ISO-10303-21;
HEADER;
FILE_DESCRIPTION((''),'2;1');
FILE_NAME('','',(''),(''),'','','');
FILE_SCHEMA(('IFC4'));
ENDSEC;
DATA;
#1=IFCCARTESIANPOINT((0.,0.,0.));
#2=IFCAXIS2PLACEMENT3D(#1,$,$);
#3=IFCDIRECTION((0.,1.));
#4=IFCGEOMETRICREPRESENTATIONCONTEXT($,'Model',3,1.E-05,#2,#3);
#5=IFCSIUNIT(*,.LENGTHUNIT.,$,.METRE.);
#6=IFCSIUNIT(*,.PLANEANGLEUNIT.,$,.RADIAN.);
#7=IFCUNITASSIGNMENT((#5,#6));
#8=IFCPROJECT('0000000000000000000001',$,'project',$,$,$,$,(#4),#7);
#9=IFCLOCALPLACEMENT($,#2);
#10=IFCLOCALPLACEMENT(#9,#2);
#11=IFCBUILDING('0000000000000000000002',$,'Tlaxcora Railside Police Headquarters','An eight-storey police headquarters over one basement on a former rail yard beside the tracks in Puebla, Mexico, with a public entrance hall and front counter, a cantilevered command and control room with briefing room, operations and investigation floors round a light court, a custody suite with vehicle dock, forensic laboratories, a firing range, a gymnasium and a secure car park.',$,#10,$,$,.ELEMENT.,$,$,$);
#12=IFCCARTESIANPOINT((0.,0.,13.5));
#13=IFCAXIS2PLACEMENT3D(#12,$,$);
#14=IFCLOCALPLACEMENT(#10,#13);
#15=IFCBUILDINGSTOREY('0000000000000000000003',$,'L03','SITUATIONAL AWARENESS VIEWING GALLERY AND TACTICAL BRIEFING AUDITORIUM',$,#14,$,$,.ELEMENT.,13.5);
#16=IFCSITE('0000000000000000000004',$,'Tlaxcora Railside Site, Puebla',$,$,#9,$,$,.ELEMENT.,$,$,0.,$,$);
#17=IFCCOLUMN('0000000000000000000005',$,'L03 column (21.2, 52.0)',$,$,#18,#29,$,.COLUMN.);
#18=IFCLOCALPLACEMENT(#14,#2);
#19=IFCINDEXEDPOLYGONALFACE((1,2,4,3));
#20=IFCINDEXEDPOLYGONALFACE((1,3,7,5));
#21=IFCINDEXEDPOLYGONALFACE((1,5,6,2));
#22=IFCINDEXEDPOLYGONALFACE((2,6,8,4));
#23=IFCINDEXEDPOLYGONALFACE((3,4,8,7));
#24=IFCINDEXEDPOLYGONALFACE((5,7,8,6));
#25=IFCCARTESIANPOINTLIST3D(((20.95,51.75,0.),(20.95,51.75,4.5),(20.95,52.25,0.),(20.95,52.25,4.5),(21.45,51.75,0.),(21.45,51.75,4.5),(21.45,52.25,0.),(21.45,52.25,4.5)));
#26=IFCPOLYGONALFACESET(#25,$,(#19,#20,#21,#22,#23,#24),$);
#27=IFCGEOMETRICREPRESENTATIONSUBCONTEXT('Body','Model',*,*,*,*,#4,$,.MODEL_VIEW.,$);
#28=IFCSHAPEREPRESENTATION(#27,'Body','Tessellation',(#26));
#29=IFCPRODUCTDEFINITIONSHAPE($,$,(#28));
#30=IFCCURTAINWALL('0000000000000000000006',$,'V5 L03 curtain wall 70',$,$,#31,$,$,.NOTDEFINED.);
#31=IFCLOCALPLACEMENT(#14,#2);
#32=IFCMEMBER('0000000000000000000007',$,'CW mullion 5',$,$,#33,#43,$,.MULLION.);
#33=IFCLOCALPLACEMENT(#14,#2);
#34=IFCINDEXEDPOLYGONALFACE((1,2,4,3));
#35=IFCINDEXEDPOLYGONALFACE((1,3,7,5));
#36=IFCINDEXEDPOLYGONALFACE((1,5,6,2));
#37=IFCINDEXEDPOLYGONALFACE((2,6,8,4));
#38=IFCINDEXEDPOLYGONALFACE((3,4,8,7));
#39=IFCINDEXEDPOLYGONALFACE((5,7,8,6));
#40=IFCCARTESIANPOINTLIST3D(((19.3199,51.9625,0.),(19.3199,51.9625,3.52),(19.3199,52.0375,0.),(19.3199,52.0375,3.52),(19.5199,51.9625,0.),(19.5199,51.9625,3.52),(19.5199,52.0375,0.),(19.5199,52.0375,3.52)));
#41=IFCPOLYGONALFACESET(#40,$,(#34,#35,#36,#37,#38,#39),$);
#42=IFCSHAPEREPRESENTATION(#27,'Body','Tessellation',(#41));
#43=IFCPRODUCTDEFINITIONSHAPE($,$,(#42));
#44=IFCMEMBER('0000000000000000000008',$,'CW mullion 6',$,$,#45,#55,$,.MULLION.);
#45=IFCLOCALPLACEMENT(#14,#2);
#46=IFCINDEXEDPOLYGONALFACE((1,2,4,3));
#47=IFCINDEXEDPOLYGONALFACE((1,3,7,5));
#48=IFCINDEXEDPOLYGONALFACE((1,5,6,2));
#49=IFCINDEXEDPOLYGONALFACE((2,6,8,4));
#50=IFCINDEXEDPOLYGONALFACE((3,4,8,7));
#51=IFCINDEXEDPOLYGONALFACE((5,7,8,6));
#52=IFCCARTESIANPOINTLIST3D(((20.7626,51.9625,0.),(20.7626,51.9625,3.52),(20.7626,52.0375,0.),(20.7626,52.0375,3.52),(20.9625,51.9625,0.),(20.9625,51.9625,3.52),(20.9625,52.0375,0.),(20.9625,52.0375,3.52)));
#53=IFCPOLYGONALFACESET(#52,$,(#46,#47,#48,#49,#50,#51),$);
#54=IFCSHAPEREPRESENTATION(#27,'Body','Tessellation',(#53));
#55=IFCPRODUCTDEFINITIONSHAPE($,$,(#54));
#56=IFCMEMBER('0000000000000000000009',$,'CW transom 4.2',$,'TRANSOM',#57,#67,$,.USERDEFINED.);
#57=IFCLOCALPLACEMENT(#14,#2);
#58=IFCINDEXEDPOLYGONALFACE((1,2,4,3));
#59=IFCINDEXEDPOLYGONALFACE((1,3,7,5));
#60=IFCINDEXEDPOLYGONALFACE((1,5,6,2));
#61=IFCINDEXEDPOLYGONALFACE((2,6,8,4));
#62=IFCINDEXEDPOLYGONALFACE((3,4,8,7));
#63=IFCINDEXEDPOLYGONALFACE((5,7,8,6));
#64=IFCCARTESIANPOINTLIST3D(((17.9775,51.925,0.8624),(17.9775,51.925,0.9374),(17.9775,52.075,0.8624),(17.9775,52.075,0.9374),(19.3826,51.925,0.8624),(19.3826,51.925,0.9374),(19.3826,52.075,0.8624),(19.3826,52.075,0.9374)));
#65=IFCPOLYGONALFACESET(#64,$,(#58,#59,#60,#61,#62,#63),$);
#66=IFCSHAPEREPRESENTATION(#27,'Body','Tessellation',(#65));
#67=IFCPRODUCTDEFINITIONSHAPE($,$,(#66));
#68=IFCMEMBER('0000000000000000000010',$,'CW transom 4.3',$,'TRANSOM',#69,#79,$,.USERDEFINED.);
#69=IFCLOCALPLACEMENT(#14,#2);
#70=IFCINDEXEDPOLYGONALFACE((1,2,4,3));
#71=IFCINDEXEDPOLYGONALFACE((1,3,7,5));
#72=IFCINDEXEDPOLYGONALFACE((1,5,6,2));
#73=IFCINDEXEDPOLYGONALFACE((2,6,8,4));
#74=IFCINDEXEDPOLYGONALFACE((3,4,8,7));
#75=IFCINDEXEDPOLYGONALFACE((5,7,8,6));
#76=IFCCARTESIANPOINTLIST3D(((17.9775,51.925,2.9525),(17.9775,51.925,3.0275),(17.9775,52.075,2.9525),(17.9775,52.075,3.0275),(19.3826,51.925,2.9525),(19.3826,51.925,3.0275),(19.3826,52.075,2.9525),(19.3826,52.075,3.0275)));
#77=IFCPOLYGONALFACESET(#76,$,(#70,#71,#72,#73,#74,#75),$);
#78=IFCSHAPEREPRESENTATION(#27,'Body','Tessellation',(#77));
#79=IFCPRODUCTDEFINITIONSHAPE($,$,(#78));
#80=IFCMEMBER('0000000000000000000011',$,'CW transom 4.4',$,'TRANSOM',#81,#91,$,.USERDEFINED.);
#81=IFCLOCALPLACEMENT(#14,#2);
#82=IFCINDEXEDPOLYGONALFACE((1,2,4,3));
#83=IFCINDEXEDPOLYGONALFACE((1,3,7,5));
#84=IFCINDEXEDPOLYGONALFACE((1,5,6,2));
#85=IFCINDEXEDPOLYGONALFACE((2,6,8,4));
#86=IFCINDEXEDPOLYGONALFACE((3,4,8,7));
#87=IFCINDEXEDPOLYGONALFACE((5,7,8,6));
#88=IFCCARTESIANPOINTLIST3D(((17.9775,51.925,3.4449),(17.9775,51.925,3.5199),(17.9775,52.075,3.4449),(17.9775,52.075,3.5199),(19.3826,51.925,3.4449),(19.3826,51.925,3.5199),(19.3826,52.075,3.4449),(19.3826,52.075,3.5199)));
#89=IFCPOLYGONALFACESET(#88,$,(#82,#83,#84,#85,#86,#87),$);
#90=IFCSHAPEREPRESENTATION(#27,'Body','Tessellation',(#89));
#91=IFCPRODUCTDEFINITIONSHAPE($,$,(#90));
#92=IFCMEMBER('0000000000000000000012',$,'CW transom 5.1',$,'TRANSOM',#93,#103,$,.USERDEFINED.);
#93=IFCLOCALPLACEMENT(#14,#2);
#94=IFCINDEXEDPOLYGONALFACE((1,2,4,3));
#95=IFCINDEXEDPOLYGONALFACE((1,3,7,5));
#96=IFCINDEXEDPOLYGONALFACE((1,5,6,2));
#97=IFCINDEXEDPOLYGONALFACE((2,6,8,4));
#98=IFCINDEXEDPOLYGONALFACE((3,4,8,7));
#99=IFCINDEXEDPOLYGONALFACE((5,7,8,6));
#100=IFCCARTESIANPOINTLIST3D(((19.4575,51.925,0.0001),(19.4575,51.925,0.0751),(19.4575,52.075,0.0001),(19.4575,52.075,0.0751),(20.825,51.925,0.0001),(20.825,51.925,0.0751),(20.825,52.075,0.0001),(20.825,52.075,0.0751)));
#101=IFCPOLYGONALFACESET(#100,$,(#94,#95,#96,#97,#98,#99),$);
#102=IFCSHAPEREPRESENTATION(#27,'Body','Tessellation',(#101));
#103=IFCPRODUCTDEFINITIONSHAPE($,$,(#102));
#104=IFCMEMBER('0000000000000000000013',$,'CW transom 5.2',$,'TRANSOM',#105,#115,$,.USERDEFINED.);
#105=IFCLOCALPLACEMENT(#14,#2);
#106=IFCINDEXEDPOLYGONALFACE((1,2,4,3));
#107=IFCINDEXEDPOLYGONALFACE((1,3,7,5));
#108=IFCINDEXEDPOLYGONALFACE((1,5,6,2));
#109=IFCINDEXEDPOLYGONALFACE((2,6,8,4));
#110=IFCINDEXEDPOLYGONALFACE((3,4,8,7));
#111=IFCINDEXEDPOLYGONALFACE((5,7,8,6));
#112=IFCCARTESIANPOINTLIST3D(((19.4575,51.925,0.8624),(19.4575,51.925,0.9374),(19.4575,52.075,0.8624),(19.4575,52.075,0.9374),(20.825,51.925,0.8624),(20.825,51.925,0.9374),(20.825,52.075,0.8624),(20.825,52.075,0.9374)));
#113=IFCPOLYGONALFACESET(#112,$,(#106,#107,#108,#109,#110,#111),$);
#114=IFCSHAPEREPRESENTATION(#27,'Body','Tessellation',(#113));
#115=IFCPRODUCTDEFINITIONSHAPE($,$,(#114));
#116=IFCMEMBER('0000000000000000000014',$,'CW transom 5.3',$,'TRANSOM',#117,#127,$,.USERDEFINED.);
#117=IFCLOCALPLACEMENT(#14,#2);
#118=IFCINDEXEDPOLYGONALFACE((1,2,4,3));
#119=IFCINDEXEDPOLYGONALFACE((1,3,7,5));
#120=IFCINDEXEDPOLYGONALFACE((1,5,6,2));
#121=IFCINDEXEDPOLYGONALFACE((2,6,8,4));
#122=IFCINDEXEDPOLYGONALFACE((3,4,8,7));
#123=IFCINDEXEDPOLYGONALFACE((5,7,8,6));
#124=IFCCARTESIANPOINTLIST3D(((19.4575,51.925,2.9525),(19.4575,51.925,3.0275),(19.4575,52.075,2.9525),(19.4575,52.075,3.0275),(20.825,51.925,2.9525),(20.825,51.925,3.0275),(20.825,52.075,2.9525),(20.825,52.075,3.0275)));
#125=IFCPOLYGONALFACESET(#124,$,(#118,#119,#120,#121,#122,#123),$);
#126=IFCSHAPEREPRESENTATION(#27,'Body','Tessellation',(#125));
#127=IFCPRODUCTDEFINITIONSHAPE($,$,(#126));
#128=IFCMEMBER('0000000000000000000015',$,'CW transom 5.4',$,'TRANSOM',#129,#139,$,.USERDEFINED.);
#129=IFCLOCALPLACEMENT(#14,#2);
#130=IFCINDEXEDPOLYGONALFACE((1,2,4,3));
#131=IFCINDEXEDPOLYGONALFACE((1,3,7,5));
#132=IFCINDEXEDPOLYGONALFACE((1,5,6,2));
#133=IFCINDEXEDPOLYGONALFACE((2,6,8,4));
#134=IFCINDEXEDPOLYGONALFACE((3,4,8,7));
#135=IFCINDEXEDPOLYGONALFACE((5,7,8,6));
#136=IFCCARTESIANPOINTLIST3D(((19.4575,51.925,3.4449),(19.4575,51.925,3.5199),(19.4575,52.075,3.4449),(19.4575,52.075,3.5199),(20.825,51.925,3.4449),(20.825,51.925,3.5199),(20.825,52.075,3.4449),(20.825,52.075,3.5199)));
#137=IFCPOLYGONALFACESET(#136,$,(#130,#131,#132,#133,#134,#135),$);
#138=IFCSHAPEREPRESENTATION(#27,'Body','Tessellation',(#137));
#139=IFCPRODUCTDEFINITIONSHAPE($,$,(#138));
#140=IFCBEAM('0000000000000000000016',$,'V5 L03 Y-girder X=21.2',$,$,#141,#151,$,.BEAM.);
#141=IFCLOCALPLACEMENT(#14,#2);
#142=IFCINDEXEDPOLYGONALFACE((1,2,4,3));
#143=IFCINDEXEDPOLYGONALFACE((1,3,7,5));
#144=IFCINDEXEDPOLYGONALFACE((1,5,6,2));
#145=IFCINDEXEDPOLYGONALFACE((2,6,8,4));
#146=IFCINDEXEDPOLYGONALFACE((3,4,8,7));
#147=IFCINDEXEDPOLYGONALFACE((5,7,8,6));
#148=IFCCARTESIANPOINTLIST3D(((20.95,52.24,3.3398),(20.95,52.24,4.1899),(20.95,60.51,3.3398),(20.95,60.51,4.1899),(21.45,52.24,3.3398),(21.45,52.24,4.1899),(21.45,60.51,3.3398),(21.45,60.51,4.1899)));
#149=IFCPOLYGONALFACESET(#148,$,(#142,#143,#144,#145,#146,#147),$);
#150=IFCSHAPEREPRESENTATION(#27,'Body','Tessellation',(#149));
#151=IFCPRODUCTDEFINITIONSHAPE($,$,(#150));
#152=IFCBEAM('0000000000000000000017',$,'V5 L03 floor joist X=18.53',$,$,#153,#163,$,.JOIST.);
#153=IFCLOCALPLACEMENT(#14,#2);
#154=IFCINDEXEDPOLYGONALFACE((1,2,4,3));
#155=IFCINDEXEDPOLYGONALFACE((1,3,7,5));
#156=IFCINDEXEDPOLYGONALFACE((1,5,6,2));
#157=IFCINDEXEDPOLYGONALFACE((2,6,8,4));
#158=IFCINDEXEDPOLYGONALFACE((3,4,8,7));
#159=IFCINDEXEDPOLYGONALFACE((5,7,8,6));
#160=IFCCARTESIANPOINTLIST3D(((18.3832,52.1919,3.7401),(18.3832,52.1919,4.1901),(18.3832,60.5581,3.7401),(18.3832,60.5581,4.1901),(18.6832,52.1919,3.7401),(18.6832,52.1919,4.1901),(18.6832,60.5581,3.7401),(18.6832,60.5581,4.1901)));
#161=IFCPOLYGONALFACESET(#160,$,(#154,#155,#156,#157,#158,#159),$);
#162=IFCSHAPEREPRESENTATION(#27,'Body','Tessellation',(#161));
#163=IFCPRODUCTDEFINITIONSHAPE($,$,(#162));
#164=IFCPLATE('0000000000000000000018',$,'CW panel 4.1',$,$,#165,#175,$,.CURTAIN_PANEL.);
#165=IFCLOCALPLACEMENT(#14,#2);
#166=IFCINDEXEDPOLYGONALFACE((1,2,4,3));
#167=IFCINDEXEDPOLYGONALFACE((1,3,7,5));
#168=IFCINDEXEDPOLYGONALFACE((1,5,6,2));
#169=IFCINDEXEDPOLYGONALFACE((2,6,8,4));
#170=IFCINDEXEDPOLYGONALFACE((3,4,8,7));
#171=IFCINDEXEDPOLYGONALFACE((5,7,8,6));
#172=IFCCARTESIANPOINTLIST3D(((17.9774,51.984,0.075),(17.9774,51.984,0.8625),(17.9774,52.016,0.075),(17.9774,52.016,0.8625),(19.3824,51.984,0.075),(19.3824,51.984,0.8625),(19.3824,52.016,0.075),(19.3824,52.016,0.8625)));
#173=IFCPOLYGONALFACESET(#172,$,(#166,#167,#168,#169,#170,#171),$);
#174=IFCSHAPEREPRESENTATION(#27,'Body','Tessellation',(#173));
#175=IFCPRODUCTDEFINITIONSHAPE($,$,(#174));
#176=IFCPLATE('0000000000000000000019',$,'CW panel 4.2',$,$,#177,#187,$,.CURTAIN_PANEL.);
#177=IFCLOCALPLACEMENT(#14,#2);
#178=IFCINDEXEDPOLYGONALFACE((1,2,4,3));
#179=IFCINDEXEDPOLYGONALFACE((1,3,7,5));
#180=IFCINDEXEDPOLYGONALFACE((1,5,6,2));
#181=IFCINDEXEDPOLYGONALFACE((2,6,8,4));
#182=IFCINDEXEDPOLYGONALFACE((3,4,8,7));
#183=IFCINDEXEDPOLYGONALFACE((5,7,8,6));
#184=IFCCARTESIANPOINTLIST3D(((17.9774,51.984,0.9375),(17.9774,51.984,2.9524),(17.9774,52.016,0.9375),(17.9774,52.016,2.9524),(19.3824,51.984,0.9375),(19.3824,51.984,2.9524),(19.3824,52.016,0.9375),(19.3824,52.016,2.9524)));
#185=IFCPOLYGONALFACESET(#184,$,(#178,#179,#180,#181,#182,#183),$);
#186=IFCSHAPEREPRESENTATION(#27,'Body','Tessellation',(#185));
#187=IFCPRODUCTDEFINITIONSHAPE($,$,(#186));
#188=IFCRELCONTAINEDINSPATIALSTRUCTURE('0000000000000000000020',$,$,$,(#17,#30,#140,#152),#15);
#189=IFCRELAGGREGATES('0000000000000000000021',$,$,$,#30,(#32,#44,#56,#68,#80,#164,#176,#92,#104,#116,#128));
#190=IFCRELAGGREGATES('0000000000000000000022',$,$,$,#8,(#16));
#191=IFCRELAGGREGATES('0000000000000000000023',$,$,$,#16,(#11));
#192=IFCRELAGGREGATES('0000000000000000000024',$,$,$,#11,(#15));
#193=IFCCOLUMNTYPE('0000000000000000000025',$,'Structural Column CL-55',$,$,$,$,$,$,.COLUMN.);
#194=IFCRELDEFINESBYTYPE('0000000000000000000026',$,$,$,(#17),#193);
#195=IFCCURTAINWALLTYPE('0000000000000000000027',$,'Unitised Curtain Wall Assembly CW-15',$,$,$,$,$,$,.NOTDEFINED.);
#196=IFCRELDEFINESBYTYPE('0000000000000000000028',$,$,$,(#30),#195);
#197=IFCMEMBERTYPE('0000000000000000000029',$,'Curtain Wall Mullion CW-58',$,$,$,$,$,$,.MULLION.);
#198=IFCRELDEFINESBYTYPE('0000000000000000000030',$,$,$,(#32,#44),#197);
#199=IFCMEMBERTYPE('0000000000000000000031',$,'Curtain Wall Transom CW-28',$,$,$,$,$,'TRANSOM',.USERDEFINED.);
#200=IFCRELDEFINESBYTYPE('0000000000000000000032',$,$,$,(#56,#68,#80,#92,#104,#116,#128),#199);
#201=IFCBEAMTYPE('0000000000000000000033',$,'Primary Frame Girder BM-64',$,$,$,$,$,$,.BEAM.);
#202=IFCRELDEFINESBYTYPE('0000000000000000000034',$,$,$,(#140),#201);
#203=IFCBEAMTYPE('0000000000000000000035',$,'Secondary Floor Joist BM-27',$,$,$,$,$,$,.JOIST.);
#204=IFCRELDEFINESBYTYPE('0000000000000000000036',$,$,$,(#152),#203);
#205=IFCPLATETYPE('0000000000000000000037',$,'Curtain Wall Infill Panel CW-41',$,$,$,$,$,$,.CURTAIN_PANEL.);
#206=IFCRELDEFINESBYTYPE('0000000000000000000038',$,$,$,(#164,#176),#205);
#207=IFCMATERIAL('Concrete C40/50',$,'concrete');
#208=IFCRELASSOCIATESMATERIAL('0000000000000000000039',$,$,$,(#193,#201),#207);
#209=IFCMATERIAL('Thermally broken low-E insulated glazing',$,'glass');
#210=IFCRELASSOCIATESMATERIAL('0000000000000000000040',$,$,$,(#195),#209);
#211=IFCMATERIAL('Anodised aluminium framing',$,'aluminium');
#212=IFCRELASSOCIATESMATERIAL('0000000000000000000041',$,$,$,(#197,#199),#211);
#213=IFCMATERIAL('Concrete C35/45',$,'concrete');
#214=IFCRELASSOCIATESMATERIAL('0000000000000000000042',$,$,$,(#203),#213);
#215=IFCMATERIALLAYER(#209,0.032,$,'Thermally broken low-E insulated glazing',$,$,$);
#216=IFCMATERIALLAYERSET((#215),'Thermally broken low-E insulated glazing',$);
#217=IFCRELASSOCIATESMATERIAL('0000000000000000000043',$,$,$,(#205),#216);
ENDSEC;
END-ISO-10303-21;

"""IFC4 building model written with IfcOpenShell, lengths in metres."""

from ifc_helpers import new_model, si_unit, direction, frame, origin, origin_2d, place, context, subcontext, project, spatial, rectangle, extrude, material, layer, layer_set, material_profile, profile_set, type_object, element, aggregate, save


model = new_model("IFC4")

# Units and contexts
model_context = context("Model", 3, precision=1e-05, world=origin(), true_north=direction((0.0, 1.0)))
body_context = subcontext(model_context, "Body", "Model", "MODEL_VIEW")
ifc_project = project(units=[si_unit("LENGTHUNIT", "METRE"), si_unit("PLANEANGLEUNIT", "RADIAN")], contexts=[model_context])

# Site, building, storey
site_placement = place(None, origin())
site = spatial("IfcSite", under=ifc_project, at=site_placement, Name="Tlaxcora Railside Site, Puebla", CompositionType="ELEMENT", RefElevation=0.0)
building_placement = place(site_placement, origin())
building = spatial("IfcBuilding", under=site, at=building_placement, Name="Tlaxcora Railside Police Headquarters", Description="An eight-storey police headquarters over one basement on a former rail yard beside the tracks in Puebla, Mexico, with a public entrance hall and front counter, a cantilevered command and control room with briefing room, operations and investigation floors round a light court, a custody suite with vehicle dock, forensic laboratories, a firing range, a gymnasium and a secure car park.", CompositionType="ELEMENT")
storey_placement = place(building_placement, frame((0.0, 0.0, 13.5)))
storey = spatial("IfcBuildingStorey", under=building, at=storey_placement, Name="L03", Description="SITUATIONAL AWARENESS VIEWING GALLERY AND TACTICAL BRIEFING AUDITORIUM", CompositionType="ELEMENT", Elevation=13.5)

# Column
ifc_material_1 = material(Name="Concrete C40/50", Category="concrete")
ifc_material_profile_1 = material_profile(ifc_material_1, rectangle(XDim=0.5, YDim=0.5, at=origin_2d()), Name="RC500X500")
ifc_profile_set_1 = profile_set([ifc_material_profile_1], Name="Concrete C40/50")
column_type = type_object("IfcColumnType", Name="Structural Column CL-55", PredefinedType="COLUMN", material=ifc_profile_set_1)
column_placement = place(storey_placement, frame((21.2, 52.0, 0.0), z_axis=(0.0, 0.0, 1.0), x_axis=(1.0, 0.0, 0.0)))
element("IfcColumn", 1, at=column_placement, inside=storey, type_object=column_type, Name="L03 column (21.2, 52.0)", PredefinedType="COLUMN", context=body_context, shape_type="SweptSolid", body=[
    extrude(rectangle(XDim=0.5, YDim=0.5, at=origin_2d()), origin(), (0.0, 0.0, 1.0), 4.5),
])

# Curtain wall, members
ifc_material_2 = material(Name="Thermally broken low-E insulated glazing", Category="glass")
curtain_wall_type = type_object("IfcCurtainWallType", Name="Unitised Curtain Wall Assembly CW-15", PredefinedType="NOTDEFINED", material=ifc_material_2)
curtain_wall_placement = place(storey_placement, origin())
curtain_wall = element("IfcCurtainWall", 2, at=curtain_wall_placement, inside=storey, type_object=curtain_wall_type, Name="V5 L03 curtain wall 70", PredefinedType="NOTDEFINED")
ifc_material_3 = material(Name="Anodised aluminium framing", Category="aluminium")
ifc_material_profile_2 = material_profile(ifc_material_3, rectangle(XDim=0.075, YDim=0.2, at=origin_2d()), Name="AL75X200")
ifc_profile_set_2 = profile_set([ifc_material_profile_2], Name="Anodised aluminium framing")
member_type_1 = type_object("IfcMemberType", Name="Curtain Wall Mullion CW-58", PredefinedType="MULLION", material=ifc_profile_set_2)
member_1_placement = place(storey_placement, frame((19.4199, 52.0, 0.0), z_axis=(0.0, 0.0, 1.0), x_axis=(0.0, 1.0, 0.0)))
member_1 = element("IfcMember", 3, at=member_1_placement, type_object=member_type_1, Name="CW mullion 5", PredefinedType="MULLION", context=body_context, shape_type="SweptSolid", body=[
    extrude(rectangle(XDim=0.075, YDim=0.2, at=origin_2d()), origin(), (0.0, 0.0, 1.0), 3.52),
])
member_2_placement = place(storey_placement, frame((20.8625, 52.0, 0.0), z_axis=(0.0, 0.0, 1.0), x_axis=(0.0, 1.0, 0.0)))
member_2 = element("IfcMember", 4, at=member_2_placement, type_object=member_type_1, Name="CW mullion 6", PredefinedType="MULLION", context=body_context, shape_type="SweptSolid", body=[
    extrude(rectangle(XDim=0.075, YDim=0.2, at=origin_2d()), origin(), (0.0, 0.0, 1.0), 3.52),
])
ifc_material_profile_3 = material_profile(ifc_material_3, rectangle(XDim=0.1499, YDim=0.075, at=origin_2d()), Name="AL75X150")
ifc_profile_set_3 = profile_set([ifc_material_profile_3], Name="Anodised aluminium framing")
member_type_2 = type_object("IfcMemberType", Name="Curtain Wall Transom CW-28", ElementType="TRANSOM", PredefinedType="USERDEFINED", material=ifc_profile_set_3)
member_3_placement = place(storey_placement, frame((17.9775, 52.0, 0.8999), z_axis=(1.0, 0.0, 0.0), x_axis=(0.0, 1.0, 0.0)))
member_3 = element("IfcMember", 5, at=member_3_placement, type_object=member_type_2, Name="CW transom 4.2", ObjectType="TRANSOM", PredefinedType="USERDEFINED", context=body_context, shape_type="SweptSolid", body=[
    extrude(rectangle(XDim=0.1499, YDim=0.075, at=origin_2d()), origin(), (0.0, 0.0, 1.0), 1.405),
])
member_4_placement = place(storey_placement, frame((17.9775, 52.0, 2.99), z_axis=(1.0, 0.0, 0.0), x_axis=(0.0, 1.0, 0.0)))
member_4 = element("IfcMember", 6, at=member_4_placement, type_object=member_type_2, Name="CW transom 4.3", ObjectType="TRANSOM", PredefinedType="USERDEFINED", context=body_context, shape_type="SweptSolid", body=[
    extrude(rectangle(XDim=0.1499, YDim=0.075, at=origin_2d()), origin(), (0.0, 0.0, 1.0), 1.405),
])
member_5_placement = place(storey_placement, frame((17.9775, 52.0, 3.4824), z_axis=(1.0, 0.0, 0.0), x_axis=(0.0, 1.0, 0.0)))
member_5 = element("IfcMember", 7, at=member_5_placement, type_object=member_type_2, Name="CW transom 4.4", ObjectType="TRANSOM", PredefinedType="USERDEFINED", context=body_context, shape_type="SweptSolid", body=[
    extrude(rectangle(XDim=0.1499, YDim=0.075, at=origin_2d()), origin(), (0.0, 0.0, 1.0), 1.405),
])
member_6_placement = place(storey_placement, frame((19.4575, 52.0, 0.0376), z_axis=(1.0, 0.0, 0.0), x_axis=(0.0, 1.0, 0.0)))
member_6 = element("IfcMember", 8, at=member_6_placement, type_object=member_type_2, Name="CW transom 5.1", ObjectType="TRANSOM", PredefinedType="USERDEFINED", context=body_context, shape_type="SweptSolid", body=[
    extrude(rectangle(XDim=0.1499, YDim=0.075, at=origin_2d()), origin(), (0.0, 0.0, 1.0), 1.3674),
])
member_7_placement = place(storey_placement, frame((19.4575, 52.0, 0.8999), z_axis=(1.0, 0.0, 0.0), x_axis=(0.0, 1.0, 0.0)))
member_7 = element("IfcMember", 9, at=member_7_placement, type_object=member_type_2, Name="CW transom 5.2", ObjectType="TRANSOM", PredefinedType="USERDEFINED", context=body_context, shape_type="SweptSolid", body=[
    extrude(rectangle(XDim=0.1499, YDim=0.075, at=origin_2d()), origin(), (0.0, 0.0, 1.0), 1.3674),
])
member_8_placement = place(storey_placement, frame((19.4575, 52.0, 2.99), z_axis=(1.0, 0.0, 0.0), x_axis=(0.0, 1.0, 0.0)))
member_8 = element("IfcMember", 10, at=member_8_placement, type_object=member_type_2, Name="CW transom 5.3", ObjectType="TRANSOM", PredefinedType="USERDEFINED", context=body_context, shape_type="SweptSolid", body=[
    extrude(rectangle(XDim=0.1499, YDim=0.075, at=origin_2d()), origin(), (0.0, 0.0, 1.0), 1.3674),
])
member_9_placement = place(storey_placement, frame((19.4575, 52.0, 3.4824), z_axis=(1.0, 0.0, 0.0), x_axis=(0.0, 1.0, 0.0)))
member_9 = element("IfcMember", 11, at=member_9_placement, type_object=member_type_2, Name="CW transom 5.4", ObjectType="TRANSOM", PredefinedType="USERDEFINED", context=body_context, shape_type="SweptSolid", body=[
    extrude(rectangle(XDim=0.1499, YDim=0.075, at=origin_2d()), origin(), (0.0, 0.0, 1.0), 1.3674),
])

# Beams
ifc_material_profile_4 = material_profile(ifc_material_1, rectangle(XDim=0.5, YDim=0.8501, at=origin_2d()), Name="RC500X850")
ifc_profile_set_4 = profile_set([ifc_material_profile_4], Name="Concrete C40/50")
beam_type_1 = type_object("IfcBeamType", Name="Primary Frame Girder BM-64", PredefinedType="BEAM", material=ifc_profile_set_4)
beam_1_placement = place(storey_placement, frame((21.2, 52.24, 3.7649), z_axis=(0.0, 1.0, 0.0), x_axis=(-1.0, 0.0, 0.0)))
element("IfcBeam", 12, at=beam_1_placement, inside=storey, type_object=beam_type_1, Name="V5 L03 Y-girder X=21.2", PredefinedType="BEAM", context=body_context, shape_type="SweptSolid", body=[
    extrude(rectangle(XDim=0.5, YDim=0.8501, at=origin_2d()), origin(), (0.0, 0.0, 1.0), 8.27),
])
ifc_material_4 = material(Name="Concrete C35/45", Category="concrete")
ifc_material_profile_5 = material_profile(ifc_material_4, rectangle(XDim=0.3, YDim=0.45, at=origin_2d()), Name="RC300X450")
ifc_profile_set_5 = profile_set([ifc_material_profile_5], Name="Concrete C35/45")
beam_type_2 = type_object("IfcBeamType", Name="Secondary Floor Joist BM-27", PredefinedType="JOIST", material=ifc_profile_set_5)
beam_2_placement = place(storey_placement, frame((18.5332, 52.1919, 3.9651), z_axis=(0.0, 1.0, 0.0), x_axis=(-1.0, 0.0, 0.0)))
element("IfcBeam", 13, at=beam_2_placement, inside=storey, type_object=beam_type_2, Name="V5 L03 floor joist X=18.53", PredefinedType="JOIST", context=body_context, shape_type="SweptSolid", body=[
    extrude(rectangle(XDim=0.3, YDim=0.45, at=origin_2d()), origin(), (0.0, 0.0, 1.0), 8.3662),
])

# Plates
ifc_layer_1 = layer(ifc_material_2, 0.032, Name="Thermally broken low-E insulated glazing")
ifc_layer_set_1 = layer_set([ifc_layer_1], Name="Thermally broken low-E insulated glazing")
plate_type = type_object("IfcPlateType", Name="Curtain Wall Infill Panel CW-41", PredefinedType="CURTAIN_PANEL", material=ifc_layer_set_1)
plate_1_placement = place(storey_placement, frame((18.6799, 52.0, 0.075), z_axis=(0.0, 0.0, 1.0), x_axis=(1.0, 0.0, 0.0)))
plate_1 = element("IfcPlate", 14, at=plate_1_placement, type_object=plate_type, Name="CW panel 4.1", PredefinedType="CURTAIN_PANEL", context=body_context, shape_type="SweptSolid", body=[
    extrude(rectangle(XDim=1.405, YDim=0.032, at=origin_2d()), origin(), (0.0, 0.0, 1.0), 0.7876),
])
plate_2_placement = place(storey_placement, frame((18.6799, 52.0, 0.9375), z_axis=(0.0, 0.0, 1.0), x_axis=(1.0, 0.0, 0.0)))
plate_2 = element("IfcPlate", 15, at=plate_2_placement, type_object=plate_type, Name="CW panel 4.2", PredefinedType="CURTAIN_PANEL", context=body_context, shape_type="SweptSolid", body=[
    extrude(rectangle(XDim=1.405, YDim=0.032, at=origin_2d()), origin(), (0.0, 0.0, 1.0), 2.0149),
])
aggregate(curtain_wall, [member_1, member_2, member_3, member_4, member_5, plate_1, plate_2, member_6, member_7, member_8, member_9])

save(model, "model.ifc")
